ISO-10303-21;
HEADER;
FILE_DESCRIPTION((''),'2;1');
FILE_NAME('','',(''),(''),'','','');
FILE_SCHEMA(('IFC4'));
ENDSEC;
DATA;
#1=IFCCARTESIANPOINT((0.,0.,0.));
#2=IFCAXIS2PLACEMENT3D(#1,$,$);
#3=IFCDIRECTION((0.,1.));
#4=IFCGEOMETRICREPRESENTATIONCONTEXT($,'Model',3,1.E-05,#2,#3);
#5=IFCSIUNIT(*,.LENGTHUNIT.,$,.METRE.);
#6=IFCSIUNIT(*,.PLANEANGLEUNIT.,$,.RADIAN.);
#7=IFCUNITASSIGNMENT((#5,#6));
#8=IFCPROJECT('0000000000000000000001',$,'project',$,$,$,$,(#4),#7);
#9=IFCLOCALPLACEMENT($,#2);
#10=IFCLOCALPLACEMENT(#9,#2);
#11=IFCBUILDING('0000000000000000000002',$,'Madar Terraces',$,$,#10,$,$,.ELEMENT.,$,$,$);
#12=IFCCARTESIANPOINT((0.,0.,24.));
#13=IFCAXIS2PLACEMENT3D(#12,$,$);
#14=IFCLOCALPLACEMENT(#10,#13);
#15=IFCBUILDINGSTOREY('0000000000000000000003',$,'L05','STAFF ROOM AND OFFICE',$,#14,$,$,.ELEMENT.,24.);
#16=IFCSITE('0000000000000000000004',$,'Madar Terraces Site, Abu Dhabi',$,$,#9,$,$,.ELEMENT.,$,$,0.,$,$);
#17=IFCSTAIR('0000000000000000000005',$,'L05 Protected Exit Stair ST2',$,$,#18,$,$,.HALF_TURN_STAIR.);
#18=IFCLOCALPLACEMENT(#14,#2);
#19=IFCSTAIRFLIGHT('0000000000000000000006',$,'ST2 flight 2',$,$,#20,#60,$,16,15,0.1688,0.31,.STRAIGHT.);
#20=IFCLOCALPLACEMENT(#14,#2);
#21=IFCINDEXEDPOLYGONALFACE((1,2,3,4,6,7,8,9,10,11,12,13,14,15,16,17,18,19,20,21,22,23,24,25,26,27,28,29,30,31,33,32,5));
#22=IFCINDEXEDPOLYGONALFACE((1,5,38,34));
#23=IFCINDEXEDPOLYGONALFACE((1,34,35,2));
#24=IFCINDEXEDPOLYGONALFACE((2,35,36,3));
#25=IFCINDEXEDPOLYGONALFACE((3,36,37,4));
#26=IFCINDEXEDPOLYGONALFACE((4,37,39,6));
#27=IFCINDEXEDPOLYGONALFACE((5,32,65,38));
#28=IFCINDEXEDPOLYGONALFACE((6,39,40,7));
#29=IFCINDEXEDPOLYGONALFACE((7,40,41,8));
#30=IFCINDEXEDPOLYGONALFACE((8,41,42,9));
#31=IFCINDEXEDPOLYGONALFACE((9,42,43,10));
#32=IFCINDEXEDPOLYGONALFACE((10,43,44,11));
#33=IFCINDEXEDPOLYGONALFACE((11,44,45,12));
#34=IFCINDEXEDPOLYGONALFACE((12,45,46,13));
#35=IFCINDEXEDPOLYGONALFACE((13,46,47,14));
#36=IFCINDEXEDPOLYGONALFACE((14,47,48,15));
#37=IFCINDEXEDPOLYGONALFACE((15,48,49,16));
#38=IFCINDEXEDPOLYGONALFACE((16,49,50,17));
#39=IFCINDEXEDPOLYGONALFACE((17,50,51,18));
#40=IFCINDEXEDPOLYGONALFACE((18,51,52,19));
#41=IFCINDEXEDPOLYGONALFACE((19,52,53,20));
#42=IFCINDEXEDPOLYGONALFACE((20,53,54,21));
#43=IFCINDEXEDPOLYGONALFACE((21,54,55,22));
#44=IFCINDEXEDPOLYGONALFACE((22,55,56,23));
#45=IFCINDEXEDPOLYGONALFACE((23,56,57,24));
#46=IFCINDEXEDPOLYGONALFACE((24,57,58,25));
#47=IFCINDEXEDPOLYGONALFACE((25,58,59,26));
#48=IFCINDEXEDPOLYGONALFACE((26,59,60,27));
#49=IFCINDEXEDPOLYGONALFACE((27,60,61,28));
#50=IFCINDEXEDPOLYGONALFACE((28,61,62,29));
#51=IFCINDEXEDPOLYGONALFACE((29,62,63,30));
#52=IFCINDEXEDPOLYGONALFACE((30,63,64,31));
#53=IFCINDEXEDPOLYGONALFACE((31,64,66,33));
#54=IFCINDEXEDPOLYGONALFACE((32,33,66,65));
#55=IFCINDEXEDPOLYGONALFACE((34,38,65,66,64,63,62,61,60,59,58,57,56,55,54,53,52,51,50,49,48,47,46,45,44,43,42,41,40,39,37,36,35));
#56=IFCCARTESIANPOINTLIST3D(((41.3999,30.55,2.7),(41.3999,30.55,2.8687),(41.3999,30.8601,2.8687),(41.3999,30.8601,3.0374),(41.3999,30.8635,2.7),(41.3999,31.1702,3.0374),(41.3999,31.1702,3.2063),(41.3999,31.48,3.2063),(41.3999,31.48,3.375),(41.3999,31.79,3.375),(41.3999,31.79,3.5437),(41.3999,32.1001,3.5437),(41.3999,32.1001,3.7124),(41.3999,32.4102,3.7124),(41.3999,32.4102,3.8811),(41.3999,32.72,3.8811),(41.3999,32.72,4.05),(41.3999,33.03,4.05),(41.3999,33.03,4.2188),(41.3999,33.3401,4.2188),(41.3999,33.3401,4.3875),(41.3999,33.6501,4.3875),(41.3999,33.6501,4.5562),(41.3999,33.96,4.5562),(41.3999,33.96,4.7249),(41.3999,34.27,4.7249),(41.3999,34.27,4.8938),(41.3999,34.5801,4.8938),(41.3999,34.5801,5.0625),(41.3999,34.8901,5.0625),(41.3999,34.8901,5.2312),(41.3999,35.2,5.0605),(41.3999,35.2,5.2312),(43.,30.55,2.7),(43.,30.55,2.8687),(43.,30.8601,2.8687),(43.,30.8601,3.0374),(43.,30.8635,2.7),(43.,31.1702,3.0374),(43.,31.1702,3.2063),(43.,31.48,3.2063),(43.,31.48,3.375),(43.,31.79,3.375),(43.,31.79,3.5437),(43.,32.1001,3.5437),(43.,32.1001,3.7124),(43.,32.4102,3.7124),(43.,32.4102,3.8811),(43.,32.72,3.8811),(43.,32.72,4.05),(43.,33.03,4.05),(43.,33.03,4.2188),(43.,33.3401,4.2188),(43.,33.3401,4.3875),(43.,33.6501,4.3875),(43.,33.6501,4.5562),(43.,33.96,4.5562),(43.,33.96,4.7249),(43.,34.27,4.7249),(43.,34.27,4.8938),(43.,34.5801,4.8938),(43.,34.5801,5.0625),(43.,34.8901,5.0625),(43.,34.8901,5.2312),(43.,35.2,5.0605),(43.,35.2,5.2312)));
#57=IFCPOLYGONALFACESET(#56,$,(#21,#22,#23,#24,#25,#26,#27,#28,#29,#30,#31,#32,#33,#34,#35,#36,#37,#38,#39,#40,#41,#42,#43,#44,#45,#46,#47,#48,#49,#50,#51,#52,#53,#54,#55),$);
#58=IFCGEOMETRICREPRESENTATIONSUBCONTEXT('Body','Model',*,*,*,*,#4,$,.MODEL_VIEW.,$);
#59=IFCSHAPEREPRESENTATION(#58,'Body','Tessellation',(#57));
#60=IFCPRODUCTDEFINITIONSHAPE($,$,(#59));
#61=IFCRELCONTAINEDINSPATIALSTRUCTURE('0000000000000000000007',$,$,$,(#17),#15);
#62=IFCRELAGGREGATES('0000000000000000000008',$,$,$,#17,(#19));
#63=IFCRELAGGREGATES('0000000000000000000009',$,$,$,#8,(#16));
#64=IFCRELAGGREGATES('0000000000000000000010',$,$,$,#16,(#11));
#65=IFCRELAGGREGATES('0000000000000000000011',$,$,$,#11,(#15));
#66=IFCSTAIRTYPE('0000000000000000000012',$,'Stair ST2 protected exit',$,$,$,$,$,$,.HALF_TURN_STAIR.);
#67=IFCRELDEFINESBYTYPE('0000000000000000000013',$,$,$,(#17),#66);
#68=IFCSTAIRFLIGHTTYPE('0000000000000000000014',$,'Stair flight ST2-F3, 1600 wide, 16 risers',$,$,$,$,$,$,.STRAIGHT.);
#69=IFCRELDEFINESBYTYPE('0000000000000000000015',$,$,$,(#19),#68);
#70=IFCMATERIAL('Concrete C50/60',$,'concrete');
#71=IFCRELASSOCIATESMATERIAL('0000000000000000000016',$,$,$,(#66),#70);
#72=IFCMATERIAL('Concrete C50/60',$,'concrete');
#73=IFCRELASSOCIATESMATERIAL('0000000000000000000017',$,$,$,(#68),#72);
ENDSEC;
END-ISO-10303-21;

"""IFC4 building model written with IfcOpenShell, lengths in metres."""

from ifc_helpers import new_model, si_unit, direction, frame, origin, place, context, subcontext, project, spatial, polyline, outline, extrude, material, type_object, element, aggregate, save


model = new_model("IFC4")

# Units and contexts
model_context = context("Model", 3, precision=1e-05, world=origin(), true_north=direction((0.0, 1.0)))
body_context = subcontext(model_context, "Body", "Model", "MODEL_VIEW")
ifc_project = project(units=[si_unit("LENGTHUNIT", "METRE"), si_unit("PLANEANGLEUNIT", "RADIAN")], contexts=[model_context])

# Site, building, storey
site_placement = place(None, origin())
site = spatial("IfcSite", under=ifc_project, at=site_placement, Name="Madar Terraces Site, Abu Dhabi", CompositionType="ELEMENT", RefElevation=0.0)
building_placement = place(site_placement, origin())
building = spatial("IfcBuilding", under=site, at=building_placement, Name="Madar Terraces", CompositionType="ELEMENT")
storey_placement = place(building_placement, frame((0.0, 0.0, 24.0)))
storey = spatial("IfcBuildingStorey", under=building, at=storey_placement, Name="L05", Description="STAFF ROOM AND OFFICE", CompositionType="ELEMENT", Elevation=24.0)

# Stair, stair flight
ifc_material_1 = material(Name="Concrete C50/60", Category="concrete")
stair_type = type_object("IfcStairType", Name="Stair ST2 protected exit", PredefinedType="HALF_TURN_STAIR", material=ifc_material_1)
stair_placement = place(storey_placement, origin())
stair = element("IfcStair", 1, at=stair_placement, inside=storey, type_object=stair_type, Name="L05 Protected Exit Stair ST2", PredefinedType="HALF_TURN_STAIR")
ifc_material_2 = material(Name="Concrete C50/60", Category="concrete")
stair_flight_type = type_object("IfcStairFlightType", Name="Stair flight ST2-F3, 1600 wide, 16 risers", PredefinedType="STRAIGHT", material=ifc_material_2)
stair_flight_1_placement = place(storey_placement, frame((42.2, 30.55, 2.7), z_axis=(0.0, 0.0, 1.0), x_axis=(0.0, 1.0, 0.0)))
stair_flight_1 = element("IfcStairFlight", 2, at=stair_flight_1_placement, type_object=stair_flight_type, Name="ST2 flight 2", NumberOfRisers=16, NumberOfTreads=15, PredefinedType="STRAIGHT", RiserHeight=0.1688, TreadLength=0.31, context=body_context, shape_type="SweptSolid", body=[
    extrude(outline(polyline([(0.0, 0.0), (0.0, 0.1687), (0.3101, 0.1687), (0.3101, 0.3374), (0.6201, 0.3374), (0.6201, 0.5063), (0.9299, 0.5063), (0.9299, 0.675), (1.24, 0.675), (1.24, 0.8438), (1.55, 0.8438), (1.55, 1.0125), (1.8601, 1.0125), (1.8601, 1.1812), (2.1699, 1.1812), (2.1699, 1.3501), (2.48, 1.3501), (2.48, 1.5188), (2.79, 1.5188), (2.79, 1.6875), (3.1001, 1.6875), (3.1001, 1.8562), (3.4099, 1.8562), (3.4099, 2.0249), (3.72, 2.0249), (3.72, 2.1938), (4.03, 2.1938), (4.03, 2.3625), (4.3401, 2.3625), (4.3401, 2.5312), (4.6499, 2.5312), (4.6499, 2.7), (4.6499, 2.3606), (0.3135, 0.0), (0.0, 0.0)])), frame((0.0, 0.8, 0.0), z_axis=(0.0, -1.0, 0.0), x_axis=(1.0, 0.0, 0.0)), (0.0, 0.0, 1.0), 1.6001),
])
aggregate(stair, [stair_flight_1])

save(model, "model.ifc")
